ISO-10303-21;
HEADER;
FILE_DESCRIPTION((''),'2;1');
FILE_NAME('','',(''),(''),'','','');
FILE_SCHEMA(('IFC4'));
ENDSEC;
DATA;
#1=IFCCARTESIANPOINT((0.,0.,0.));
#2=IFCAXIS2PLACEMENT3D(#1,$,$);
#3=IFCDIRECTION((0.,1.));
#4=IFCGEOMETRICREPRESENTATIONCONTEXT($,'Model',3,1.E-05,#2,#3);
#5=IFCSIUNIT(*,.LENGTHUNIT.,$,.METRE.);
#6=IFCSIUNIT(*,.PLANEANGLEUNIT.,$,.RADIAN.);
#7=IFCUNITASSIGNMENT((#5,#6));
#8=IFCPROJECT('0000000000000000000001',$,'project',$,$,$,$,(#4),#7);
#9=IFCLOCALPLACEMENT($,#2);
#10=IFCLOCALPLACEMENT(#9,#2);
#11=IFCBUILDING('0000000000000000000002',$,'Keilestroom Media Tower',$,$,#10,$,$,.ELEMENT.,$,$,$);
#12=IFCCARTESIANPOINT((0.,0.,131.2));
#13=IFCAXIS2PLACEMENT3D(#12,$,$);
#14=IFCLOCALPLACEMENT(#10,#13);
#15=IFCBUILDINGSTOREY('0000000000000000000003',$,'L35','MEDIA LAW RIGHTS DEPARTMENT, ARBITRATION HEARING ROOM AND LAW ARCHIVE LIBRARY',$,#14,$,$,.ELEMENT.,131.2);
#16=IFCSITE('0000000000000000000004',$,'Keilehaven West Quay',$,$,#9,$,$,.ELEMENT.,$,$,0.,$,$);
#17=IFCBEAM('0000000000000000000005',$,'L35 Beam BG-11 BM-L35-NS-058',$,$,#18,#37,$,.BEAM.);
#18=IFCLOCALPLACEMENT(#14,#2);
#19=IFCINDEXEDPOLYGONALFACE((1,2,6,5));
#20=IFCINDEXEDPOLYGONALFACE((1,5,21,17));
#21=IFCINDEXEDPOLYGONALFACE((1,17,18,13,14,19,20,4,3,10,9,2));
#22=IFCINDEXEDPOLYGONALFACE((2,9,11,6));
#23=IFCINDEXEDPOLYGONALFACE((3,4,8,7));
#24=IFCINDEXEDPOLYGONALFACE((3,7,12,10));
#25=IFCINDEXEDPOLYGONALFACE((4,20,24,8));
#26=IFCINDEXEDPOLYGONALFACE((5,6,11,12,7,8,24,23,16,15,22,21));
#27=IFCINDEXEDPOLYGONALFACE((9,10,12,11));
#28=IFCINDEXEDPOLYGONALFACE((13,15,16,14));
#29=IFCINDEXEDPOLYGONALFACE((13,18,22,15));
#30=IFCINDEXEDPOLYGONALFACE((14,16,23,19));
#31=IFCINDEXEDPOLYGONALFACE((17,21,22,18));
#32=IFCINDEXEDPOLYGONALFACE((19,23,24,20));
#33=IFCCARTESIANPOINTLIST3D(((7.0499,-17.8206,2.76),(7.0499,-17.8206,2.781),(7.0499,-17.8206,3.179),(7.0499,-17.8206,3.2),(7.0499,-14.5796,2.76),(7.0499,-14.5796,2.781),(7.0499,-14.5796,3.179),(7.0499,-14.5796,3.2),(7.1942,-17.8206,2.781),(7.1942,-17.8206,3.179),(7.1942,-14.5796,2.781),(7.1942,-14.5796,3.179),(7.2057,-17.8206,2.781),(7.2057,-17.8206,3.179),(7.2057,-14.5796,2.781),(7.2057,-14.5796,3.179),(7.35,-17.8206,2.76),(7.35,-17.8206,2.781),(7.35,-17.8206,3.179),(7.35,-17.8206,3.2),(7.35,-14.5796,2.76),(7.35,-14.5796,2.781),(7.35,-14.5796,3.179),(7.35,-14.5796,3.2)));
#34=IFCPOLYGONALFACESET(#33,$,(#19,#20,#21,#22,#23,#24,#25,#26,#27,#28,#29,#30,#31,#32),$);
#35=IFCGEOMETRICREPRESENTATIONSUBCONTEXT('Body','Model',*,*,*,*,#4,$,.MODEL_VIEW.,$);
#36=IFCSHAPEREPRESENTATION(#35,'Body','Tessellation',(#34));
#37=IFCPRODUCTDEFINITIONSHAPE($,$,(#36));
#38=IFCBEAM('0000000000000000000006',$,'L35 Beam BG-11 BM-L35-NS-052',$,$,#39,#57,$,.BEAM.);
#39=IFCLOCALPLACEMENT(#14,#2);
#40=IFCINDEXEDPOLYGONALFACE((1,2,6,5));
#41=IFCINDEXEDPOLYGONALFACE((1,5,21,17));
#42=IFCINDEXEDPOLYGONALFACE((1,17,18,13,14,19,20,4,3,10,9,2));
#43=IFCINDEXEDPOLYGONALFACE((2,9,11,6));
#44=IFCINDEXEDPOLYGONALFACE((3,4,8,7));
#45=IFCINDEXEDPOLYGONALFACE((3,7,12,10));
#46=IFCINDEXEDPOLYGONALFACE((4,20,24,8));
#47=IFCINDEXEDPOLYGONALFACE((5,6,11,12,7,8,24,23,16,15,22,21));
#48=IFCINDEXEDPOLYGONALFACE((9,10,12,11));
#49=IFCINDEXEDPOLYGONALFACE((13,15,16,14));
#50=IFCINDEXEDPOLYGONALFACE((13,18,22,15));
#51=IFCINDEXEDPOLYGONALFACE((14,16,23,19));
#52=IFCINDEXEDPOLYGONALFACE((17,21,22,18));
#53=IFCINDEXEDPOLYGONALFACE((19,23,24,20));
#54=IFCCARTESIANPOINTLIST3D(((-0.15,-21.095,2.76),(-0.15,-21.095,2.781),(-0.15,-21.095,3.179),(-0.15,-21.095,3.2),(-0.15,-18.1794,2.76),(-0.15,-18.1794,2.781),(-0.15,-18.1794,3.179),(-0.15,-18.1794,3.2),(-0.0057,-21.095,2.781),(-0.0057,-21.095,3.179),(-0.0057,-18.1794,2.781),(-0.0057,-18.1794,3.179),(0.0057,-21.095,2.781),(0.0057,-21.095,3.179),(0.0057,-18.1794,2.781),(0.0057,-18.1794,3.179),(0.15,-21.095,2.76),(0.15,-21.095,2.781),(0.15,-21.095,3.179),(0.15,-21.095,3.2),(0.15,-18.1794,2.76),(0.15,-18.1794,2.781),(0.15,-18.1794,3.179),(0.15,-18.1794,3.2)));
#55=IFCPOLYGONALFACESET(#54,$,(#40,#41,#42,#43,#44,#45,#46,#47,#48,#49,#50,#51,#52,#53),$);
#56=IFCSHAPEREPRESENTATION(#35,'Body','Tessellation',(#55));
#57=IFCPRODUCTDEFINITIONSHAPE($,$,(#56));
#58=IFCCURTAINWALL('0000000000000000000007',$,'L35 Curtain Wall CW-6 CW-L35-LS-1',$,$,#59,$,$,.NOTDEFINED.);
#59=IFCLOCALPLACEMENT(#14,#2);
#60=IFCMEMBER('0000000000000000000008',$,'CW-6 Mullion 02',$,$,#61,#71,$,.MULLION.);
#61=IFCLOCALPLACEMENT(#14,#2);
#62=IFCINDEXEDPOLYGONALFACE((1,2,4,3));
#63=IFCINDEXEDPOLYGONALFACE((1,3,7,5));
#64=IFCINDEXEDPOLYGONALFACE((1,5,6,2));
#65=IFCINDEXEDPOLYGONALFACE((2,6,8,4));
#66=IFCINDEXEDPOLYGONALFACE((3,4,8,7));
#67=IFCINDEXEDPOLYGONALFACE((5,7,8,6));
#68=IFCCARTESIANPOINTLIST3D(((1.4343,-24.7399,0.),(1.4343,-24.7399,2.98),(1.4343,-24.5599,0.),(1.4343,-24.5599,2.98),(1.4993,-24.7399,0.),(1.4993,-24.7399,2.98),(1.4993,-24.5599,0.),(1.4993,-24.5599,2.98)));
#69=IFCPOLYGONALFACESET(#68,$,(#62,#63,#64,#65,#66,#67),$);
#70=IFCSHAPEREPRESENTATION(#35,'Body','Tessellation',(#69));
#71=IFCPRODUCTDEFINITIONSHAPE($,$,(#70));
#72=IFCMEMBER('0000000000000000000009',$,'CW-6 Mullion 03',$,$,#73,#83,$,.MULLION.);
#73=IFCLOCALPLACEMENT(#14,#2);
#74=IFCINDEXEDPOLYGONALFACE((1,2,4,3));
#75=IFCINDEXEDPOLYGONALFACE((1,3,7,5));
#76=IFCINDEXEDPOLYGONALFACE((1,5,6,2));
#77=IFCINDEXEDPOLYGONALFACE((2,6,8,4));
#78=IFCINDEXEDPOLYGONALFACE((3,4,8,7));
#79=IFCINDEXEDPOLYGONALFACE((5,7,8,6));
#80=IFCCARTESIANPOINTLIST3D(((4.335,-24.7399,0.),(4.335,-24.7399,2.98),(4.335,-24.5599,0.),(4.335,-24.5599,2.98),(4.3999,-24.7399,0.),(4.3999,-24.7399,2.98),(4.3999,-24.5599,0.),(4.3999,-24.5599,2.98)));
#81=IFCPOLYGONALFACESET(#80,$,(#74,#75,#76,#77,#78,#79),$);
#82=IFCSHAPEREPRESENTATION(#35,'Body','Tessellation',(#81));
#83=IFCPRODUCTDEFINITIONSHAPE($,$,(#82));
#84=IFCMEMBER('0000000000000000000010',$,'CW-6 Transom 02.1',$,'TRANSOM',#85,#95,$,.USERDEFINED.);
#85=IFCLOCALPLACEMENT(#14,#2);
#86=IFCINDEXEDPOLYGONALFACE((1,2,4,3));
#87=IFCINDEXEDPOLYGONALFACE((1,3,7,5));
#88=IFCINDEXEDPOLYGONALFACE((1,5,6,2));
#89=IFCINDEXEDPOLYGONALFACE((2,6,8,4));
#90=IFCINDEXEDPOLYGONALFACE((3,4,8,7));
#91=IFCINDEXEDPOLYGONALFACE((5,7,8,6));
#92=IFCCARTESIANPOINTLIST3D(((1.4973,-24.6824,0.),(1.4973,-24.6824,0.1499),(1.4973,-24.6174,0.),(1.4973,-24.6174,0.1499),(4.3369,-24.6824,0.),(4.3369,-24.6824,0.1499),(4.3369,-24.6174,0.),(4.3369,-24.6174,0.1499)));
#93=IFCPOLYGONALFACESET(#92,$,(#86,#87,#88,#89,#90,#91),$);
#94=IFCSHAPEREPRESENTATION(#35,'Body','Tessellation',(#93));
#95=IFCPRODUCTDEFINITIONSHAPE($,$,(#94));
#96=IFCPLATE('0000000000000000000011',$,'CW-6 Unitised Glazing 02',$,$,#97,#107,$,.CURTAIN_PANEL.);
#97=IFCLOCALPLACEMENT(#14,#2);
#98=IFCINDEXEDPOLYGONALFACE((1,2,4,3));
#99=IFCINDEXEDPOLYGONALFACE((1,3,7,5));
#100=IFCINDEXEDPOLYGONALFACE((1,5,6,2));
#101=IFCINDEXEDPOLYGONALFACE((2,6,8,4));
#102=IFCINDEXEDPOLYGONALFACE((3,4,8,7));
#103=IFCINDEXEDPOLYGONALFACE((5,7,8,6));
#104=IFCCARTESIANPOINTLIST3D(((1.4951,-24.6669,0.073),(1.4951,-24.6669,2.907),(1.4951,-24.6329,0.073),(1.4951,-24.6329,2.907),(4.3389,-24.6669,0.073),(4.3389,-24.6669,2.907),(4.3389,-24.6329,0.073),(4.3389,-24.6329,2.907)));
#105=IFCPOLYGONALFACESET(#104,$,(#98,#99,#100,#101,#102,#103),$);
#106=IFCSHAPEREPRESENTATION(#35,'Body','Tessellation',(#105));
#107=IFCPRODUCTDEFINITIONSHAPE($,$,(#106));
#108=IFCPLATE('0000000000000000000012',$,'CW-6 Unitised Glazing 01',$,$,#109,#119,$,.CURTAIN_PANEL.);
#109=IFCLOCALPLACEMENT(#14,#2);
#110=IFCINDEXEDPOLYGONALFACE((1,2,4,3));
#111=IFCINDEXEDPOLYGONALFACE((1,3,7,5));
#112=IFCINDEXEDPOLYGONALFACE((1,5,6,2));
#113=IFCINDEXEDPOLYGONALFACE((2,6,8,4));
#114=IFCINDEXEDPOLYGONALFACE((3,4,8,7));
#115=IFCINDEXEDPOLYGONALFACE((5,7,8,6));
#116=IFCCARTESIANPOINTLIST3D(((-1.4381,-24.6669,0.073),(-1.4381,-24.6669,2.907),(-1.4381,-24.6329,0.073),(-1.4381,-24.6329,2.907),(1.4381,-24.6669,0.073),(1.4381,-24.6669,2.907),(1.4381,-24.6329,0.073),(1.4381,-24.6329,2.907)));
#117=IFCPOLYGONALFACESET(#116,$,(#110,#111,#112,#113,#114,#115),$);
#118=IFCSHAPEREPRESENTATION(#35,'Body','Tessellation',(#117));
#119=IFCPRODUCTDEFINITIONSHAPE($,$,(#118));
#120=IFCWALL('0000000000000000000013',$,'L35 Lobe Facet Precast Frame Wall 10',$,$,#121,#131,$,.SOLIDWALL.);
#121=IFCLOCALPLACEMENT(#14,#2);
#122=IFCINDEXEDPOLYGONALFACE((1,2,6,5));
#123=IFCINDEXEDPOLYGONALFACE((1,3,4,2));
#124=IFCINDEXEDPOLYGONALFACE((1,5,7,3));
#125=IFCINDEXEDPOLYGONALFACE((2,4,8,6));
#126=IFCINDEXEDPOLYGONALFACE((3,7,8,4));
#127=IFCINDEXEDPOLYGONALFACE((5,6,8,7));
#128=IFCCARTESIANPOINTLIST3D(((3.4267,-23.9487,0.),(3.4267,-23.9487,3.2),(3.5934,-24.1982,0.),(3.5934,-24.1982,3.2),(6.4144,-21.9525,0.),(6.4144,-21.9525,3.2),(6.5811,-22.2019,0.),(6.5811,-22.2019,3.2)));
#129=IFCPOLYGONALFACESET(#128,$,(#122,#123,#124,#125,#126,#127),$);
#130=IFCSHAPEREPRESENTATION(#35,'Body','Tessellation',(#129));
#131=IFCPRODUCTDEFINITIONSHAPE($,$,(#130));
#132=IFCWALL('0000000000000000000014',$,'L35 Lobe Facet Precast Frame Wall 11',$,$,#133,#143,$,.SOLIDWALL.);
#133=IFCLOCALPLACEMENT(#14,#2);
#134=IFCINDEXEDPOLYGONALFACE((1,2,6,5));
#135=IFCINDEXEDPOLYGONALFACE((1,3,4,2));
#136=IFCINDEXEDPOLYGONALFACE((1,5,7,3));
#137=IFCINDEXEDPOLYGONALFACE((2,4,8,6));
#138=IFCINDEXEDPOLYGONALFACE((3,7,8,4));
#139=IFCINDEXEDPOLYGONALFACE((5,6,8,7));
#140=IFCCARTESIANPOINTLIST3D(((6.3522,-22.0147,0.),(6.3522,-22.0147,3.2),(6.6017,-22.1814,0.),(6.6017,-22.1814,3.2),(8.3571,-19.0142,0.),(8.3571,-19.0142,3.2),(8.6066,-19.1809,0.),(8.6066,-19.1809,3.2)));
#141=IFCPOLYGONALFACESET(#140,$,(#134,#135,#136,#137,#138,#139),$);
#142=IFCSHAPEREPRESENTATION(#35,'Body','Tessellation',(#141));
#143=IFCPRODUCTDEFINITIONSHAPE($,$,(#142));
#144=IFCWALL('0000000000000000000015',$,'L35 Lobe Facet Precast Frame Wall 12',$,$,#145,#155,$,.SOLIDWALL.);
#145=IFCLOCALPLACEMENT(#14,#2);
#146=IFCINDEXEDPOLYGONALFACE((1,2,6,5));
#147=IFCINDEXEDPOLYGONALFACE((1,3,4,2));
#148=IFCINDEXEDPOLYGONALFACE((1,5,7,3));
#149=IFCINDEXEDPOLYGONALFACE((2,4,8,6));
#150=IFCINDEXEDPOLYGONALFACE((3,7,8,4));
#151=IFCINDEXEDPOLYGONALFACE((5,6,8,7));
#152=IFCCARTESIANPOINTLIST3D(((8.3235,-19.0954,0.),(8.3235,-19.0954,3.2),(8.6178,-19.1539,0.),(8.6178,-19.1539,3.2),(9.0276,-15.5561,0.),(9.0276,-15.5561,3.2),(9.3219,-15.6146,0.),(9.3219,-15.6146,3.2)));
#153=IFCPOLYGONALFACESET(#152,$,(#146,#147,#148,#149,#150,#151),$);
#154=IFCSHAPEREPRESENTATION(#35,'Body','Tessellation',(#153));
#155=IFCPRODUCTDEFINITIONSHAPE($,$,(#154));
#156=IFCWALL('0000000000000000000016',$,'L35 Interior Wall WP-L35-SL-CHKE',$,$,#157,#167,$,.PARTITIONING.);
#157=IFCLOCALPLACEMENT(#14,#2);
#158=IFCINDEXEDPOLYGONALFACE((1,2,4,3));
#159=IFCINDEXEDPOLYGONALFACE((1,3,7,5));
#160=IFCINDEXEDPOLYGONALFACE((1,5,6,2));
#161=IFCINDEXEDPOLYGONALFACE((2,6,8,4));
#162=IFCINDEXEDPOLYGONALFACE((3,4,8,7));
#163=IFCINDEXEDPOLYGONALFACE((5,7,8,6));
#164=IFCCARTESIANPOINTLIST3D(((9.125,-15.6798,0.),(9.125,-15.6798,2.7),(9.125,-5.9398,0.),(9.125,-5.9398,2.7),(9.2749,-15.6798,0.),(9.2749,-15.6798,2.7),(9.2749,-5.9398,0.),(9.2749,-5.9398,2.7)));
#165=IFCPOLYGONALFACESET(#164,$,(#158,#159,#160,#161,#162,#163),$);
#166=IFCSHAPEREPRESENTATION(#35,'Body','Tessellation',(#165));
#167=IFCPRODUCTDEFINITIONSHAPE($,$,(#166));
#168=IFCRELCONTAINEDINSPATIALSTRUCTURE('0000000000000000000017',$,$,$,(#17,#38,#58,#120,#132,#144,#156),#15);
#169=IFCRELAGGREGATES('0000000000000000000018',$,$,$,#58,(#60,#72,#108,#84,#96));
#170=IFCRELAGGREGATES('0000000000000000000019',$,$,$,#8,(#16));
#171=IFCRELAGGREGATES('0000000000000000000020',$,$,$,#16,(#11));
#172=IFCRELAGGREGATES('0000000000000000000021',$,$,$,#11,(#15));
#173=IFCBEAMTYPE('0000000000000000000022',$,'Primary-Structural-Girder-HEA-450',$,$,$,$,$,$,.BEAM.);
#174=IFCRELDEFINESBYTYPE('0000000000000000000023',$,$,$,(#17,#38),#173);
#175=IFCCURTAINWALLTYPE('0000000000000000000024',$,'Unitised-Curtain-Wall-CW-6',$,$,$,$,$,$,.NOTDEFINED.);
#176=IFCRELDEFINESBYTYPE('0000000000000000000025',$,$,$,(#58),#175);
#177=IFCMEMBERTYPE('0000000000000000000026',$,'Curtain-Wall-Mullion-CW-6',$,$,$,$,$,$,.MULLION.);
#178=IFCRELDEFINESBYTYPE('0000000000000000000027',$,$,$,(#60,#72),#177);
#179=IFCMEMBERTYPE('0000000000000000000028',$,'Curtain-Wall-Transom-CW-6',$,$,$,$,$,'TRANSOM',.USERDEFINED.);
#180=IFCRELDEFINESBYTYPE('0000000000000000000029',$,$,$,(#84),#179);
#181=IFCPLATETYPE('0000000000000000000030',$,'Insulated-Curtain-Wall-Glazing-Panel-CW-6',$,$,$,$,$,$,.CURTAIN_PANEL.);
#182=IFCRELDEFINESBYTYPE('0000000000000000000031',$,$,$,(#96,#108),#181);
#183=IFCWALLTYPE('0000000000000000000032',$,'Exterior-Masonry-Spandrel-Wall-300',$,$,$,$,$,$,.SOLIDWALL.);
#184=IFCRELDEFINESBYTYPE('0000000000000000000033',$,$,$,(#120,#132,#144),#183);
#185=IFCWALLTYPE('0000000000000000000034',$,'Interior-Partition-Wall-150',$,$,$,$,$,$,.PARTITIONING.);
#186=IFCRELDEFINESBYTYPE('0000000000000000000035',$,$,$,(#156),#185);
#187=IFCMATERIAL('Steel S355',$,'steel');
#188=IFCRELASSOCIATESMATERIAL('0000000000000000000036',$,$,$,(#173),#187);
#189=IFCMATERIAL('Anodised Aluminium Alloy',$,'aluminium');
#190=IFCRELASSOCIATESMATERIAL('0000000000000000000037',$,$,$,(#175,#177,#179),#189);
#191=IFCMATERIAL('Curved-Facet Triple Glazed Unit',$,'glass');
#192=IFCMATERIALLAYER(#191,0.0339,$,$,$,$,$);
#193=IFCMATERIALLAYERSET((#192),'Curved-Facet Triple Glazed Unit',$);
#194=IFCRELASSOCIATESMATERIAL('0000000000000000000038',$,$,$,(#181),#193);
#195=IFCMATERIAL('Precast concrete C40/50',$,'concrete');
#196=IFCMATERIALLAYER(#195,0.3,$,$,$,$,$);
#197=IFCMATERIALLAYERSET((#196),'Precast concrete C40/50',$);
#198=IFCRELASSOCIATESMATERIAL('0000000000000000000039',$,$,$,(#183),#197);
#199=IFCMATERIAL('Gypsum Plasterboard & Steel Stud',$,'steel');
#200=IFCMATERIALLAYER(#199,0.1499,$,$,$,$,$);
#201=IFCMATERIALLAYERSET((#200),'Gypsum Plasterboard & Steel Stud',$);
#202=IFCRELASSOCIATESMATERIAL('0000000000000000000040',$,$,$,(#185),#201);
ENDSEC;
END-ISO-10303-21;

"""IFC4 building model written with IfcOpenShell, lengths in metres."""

from ifc_helpers import new_model, si_unit, direction, frame, frame_2d, origin, origin_2d, place, context, subcontext, project, spatial, rectangle, i_section, extrude, source, transform, mapped, material, layer, layer_set, material_profile, profile_set, type_object, element, aggregate, save


model = new_model("IFC4")

# Units and contexts
model_context = context("Model", 3, precision=1e-05, world=origin(), true_north=direction((0.0, 1.0)))
body_context = subcontext(model_context, "Body", "Model", "MODEL_VIEW")
ifc_project = project(units=[si_unit("LENGTHUNIT", "METRE"), si_unit("PLANEANGLEUNIT", "RADIAN")], contexts=[model_context])

# Site, building, storey
site_placement = place(None, origin())
site = spatial("IfcSite", under=ifc_project, at=site_placement, Name="Keilehaven West Quay", CompositionType="ELEMENT", RefElevation=0.0)
building_placement = place(site_placement, origin())
building = spatial("IfcBuilding", under=site, at=building_placement, Name="Keilestroom Media Tower", CompositionType="ELEMENT")
storey_placement = place(building_placement, frame((0.0, 0.0, 131.2)))
storey = spatial("IfcBuildingStorey", under=building, at=storey_placement, Name="L35", Description="MEDIA LAW RIGHTS DEPARTMENT, ARBITRATION HEARING ROOM AND LAW ARCHIVE LIBRARY", CompositionType="ELEMENT", Elevation=131.2)

# Shared definitions
ifc_material_1 = material(Name="Steel S355", Category="steel")

# Beams
ifc_material_profile_1 = material_profile(ifc_material_1, i_section(OverallWidth=0.3, OverallDepth=0.4399, WebThickness=0.0115, FlangeThickness=0.021, at=origin_2d()), Name="HEA 450")
ifc_profile_set_1 = profile_set([ifc_material_profile_1], Name="Steel S355")
beam_type_1 = type_object("IfcBeamType", Name="Primary-Structural-Girder-HEA-450", PredefinedType="BEAM", material=ifc_profile_set_1)
shared_shape_1 = source(origin(), body_context, "Body", "SweptSolid", [
    extrude(i_section(OverallWidth=0.3, OverallDepth=0.4399, WebThickness=0.0115, FlangeThickness=0.021, at=origin_2d()), origin(), (0.0, 0.0, 1.0), 3.241),
])
for number, where, z_axis, x_axis, name in (
    (1, (7.2, -17.8206, 2.98), (0.0, 1.0, 0.0), (-1.0, 0.0, 0.0), "L35 Beam BG-11 BM-L35-NS-058"),
):
    element("IfcBeam", number, at=place(storey_placement, frame(where, z_axis=z_axis, x_axis=x_axis)), inside=storey, type_object=beam_type_1, Name=name, PredefinedType="BEAM", context=body_context, shape_type="MappedRepresentation", body=[
        mapped(shared_shape_1, transform((0.0, 0.0, 0.0), x_axis=(1.0, 0.0, 0.0), y_axis=(0.0, 1.0, 0.0), z_axis=(0.0, 0.0, 1.0), scale=1.0)),
    ])
shared_shape_2 = source(origin(), body_context, "Body", "SweptSolid", [
    extrude(i_section(OverallWidth=0.3, OverallDepth=0.4399, WebThickness=0.0115, FlangeThickness=0.021, at=origin_2d()), origin(), (0.0, 0.0, 1.0), 2.9155),
])
beam_1_placement = place(storey_placement, frame((0.0, -21.095, 2.98), z_axis=(0.0, 1.0, 0.0), x_axis=(-1.0, 0.0, 0.0)))
element("IfcBeam", 2, at=beam_1_placement, inside=storey, type_object=beam_type_1, Name="L35 Beam BG-11 BM-L35-NS-052", PredefinedType="BEAM", context=body_context, shape_type="MappedRepresentation", body=[
    mapped(shared_shape_2, transform((0.0, 0.0, 0.0), x_axis=(1.0, 0.0, 0.0), y_axis=(0.0, 1.0, 0.0), z_axis=(0.0, 0.0, 1.0), scale=1.0)),
])

# Curtain wall, members, plates
ifc_material_2 = material(Name="Anodised Aluminium Alloy", Category="aluminium")
curtain_wall_type = type_object("IfcCurtainWallType", Name="Unitised-Curtain-Wall-CW-6", PredefinedType="NOTDEFINED", material=ifc_material_2)
curtain_wall_placement = place(storey_placement, origin())
curtain_wall = element("IfcCurtainWall", 3, at=curtain_wall_placement, inside=storey, type_object=curtain_wall_type, Name="L35 Curtain Wall CW-6 CW-L35-LS-1", PredefinedType="NOTDEFINED")
ifc_material_profile_2 = material_profile(ifc_material_2, rectangle(XDim=0.0649, YDim=0.1799, at=origin_2d()), Name="ALU MULLION 65x180")
ifc_profile_set_2 = profile_set([ifc_material_profile_2], Name="Anodised Aluminium Alloy")
member_type_1 = type_object("IfcMemberType", Name="Curtain-Wall-Mullion-CW-6", PredefinedType="MULLION", material=ifc_profile_set_2)
shared_shape_3 = source(origin(), body_context, "Body", "SweptSolid", [
    extrude(rectangle(XDim=0.0649, YDim=0.1799, at=origin_2d()), origin(), (0.0, 0.0, 1.0), 2.98),
])
member_1_placement = place(storey_placement, frame((1.4668, -24.6499, 0.0), z_axis=(0.0, 0.0, 1.0), x_axis=(1.0, 0.0, 0.0)))
member_1 = element("IfcMember", 4, at=member_1_placement, type_object=member_type_1, Name="CW-6 Mullion 02", PredefinedType="MULLION", context=body_context, shape_type="MappedRepresentation", body=[
    mapped(shared_shape_3, transform((0.0, 0.0, 0.0), x_axis=(1.0, 0.0, 0.0), y_axis=(0.0, 1.0, 0.0), z_axis=(0.0, 0.0, 1.0), scale=1.0)),
])
member_2_placement = place(storey_placement, frame((4.3674, -24.6499, 0.0), z_axis=(0.0, 0.0, 1.0), x_axis=(1.0, 0.0, 0.0)))
member_2 = element("IfcMember", 5, at=member_2_placement, type_object=member_type_1, Name="CW-6 Mullion 03", PredefinedType="MULLION", context=body_context, shape_type="MappedRepresentation", body=[
    mapped(shared_shape_3, transform((0.0, 0.0, 0.0), x_axis=(1.0, 0.0, 0.0), y_axis=(0.0, 1.0, 0.0), z_axis=(0.0, 0.0, 1.0), scale=1.0)),
])
ifc_material_profile_3 = material_profile(ifc_material_2, rectangle(XDim=0.0649, YDim=0.1499, at=origin_2d()), Name="ALU TRANSOM 65x150")
ifc_profile_set_3 = profile_set([ifc_material_profile_3], Name="Anodised Aluminium Alloy")
member_type_2 = type_object("IfcMemberType", Name="Curtain-Wall-Transom-CW-6", ElementType="TRANSOM", PredefinedType="USERDEFINED", material=ifc_profile_set_3)
shared_shape_4 = source(origin(), body_context, "Body", "SweptSolid", [
    extrude(rectangle(XDim=0.0649, YDim=0.1499, at=origin_2d()), origin(), (0.0, 0.0, 1.0), 2.8396),
])
member_3_placement = place(storey_placement, frame((1.4973, -24.6499, 0.075), z_axis=(1.0, 0.0, 0.0), x_axis=(0.0, 1.0, 0.0)))
member_3 = element("IfcMember", 6, at=member_3_placement, type_object=member_type_2, Name="CW-6 Transom 02.1", ObjectType="TRANSOM", PredefinedType="USERDEFINED", context=body_context, shape_type="MappedRepresentation", body=[
    mapped(shared_shape_4, transform((0.0, 0.0, 0.0), x_axis=(1.0, 0.0, 0.0), y_axis=(0.0, 1.0, 0.0), z_axis=(0.0, 0.0, 1.0), scale=1.0)),
])
ifc_material_3 = material(Name="Curved-Facet Triple Glazed Unit", Category="glass")
ifc_layer_1 = layer(ifc_material_3, 0.0339)
ifc_layer_set_1 = layer_set([ifc_layer_1], Name="Curved-Facet Triple Glazed Unit")
plate_type = type_object("IfcPlateType", Name="Insulated-Curtain-Wall-Glazing-Panel-CW-6", PredefinedType="CURTAIN_PANEL", material=ifc_layer_set_1)
shared_shape_5 = source(origin(), body_context, "Body", "SweptSolid", [
    extrude(rectangle(XDim=2.8438, YDim=0.0339, at=origin_2d()), origin(), (0.0, 0.0, 1.0), 2.834),
])
plate_1_placement = place(storey_placement, frame((2.917, -24.6499, 0.073), z_axis=(0.0, 0.0, 1.0), x_axis=(1.0, 0.0, 0.0)))
plate_1 = element("IfcPlate", 7, at=plate_1_placement, type_object=plate_type, Name="CW-6 Unitised Glazing 02", PredefinedType="CURTAIN_PANEL", context=body_context, shape_type="MappedRepresentation", body=[
    mapped(shared_shape_5, transform((0.0, 0.0, 0.0), x_axis=(1.0, 0.0, 0.0), y_axis=(0.0, 1.0, 0.0), z_axis=(0.0, 0.0, 1.0), scale=1.0)),
])
shared_shape_6 = source(origin(), body_context, "Body", "SweptSolid", [
    extrude(rectangle(XDim=2.8762, YDim=0.0339, at=origin_2d()), origin(), (0.0, 0.0, 1.0), 2.834),
])
plate_2_placement = place(storey_placement, frame((0.0, -24.6499, 0.073), z_axis=(0.0, 0.0, 1.0), x_axis=(1.0, 0.0, 0.0)))
plate_2 = element("IfcPlate", 8, at=plate_2_placement, type_object=plate_type, Name="CW-6 Unitised Glazing 01", PredefinedType="CURTAIN_PANEL", context=body_context, shape_type="MappedRepresentation", body=[
    mapped(shared_shape_6, transform((0.0, 0.0, 0.0), x_axis=(1.0, 0.0, 0.0), y_axis=(0.0, 1.0, 0.0), z_axis=(0.0, 0.0, 1.0), scale=1.0)),
])
aggregate(curtain_wall, [member_1, member_2, plate_2, member_3, plate_1])

# Walls
ifc_material_4 = material(Name="Precast concrete C40/50", Category="concrete")
ifc_layer_2 = layer(ifc_material_4, 0.3)
ifc_layer_set_2 = layer_set([ifc_layer_2], Name="Precast concrete C40/50")
wall_type_1 = type_object("IfcWallType", Name="Exterior-Masonry-Spandrel-Wall-300", PredefinedType="SOLIDWALL", material=ifc_layer_set_2)
wall_1_placement = place(storey_placement, frame((3.51, -24.0735, 0.0), z_axis=(0.0, 0.0, 1.0), x_axis=(0.831475, 0.555562, 0.0)))
element("IfcWall", 9, at=wall_1_placement, inside=storey, type_object=wall_type_1, Name="L35 Lobe Facet Precast Frame Wall 10", PredefinedType="SOLIDWALL", context=body_context, shape_type="SweptSolid", body=[
    extrude(rectangle(XDim=3.5933, YDim=0.3, at=frame_2d((1.7966, 0.0))), origin(), (0.0, 0.0, 1.0), 3.2),
])
for number, where, z_axis, x_axis, name in (
    (10, (6.4771, -22.0979, 0.0), (0.0, 0.0, 1.0), (0.555574, 0.831467, 0.0), "L35 Lobe Facet Precast Frame Wall 11"),
    (11, (8.4707, -19.1245, 0.0), (0.0, 0.0, 1.0), (0.195114, 0.980781, 0.0), "L35 Lobe Facet Precast Frame Wall 12"),
):
    element("IfcWall", number, at=place(storey_placement, frame(where, z_axis=z_axis, x_axis=x_axis)), inside=storey, type_object=wall_type_1, Name=name, PredefinedType="SOLIDWALL", context=body_context, shape_type="SweptSolid", body=[
        extrude(rectangle(XDim=3.6086, YDim=0.3, at=frame_2d((1.8042, 0.0))), origin(), (0.0, 0.0, 1.0), 3.2),
    ])
ifc_material_5 = material(Name="Gypsum Plasterboard & Steel Stud", Category="steel")
ifc_layer_3 = layer(ifc_material_5, 0.1499)
ifc_layer_set_3 = layer_set([ifc_layer_3], Name="Gypsum Plasterboard & Steel Stud")
wall_type_2 = type_object("IfcWallType", Name="Interior-Partition-Wall-150", PredefinedType="PARTITIONING", material=ifc_layer_set_3)
wall_2_placement = place(storey_placement, frame((9.2, -15.6799, 0.0), z_axis=(0.0, 0.0, 1.0), x_axis=(0.0, 1.0, 0.0)))
element("IfcWall", 12, at=wall_2_placement, inside=storey, type_object=wall_type_2, Name="L35 Interior Wall WP-L35-SL-CHKE", PredefinedType="PARTITIONING", context=body_context, shape_type="SweptSolid", body=[
    extrude(rectangle(XDim=9.74, YDim=0.1499, at=frame_2d((4.8701, 0.0))), origin(), (0.0, 0.0, 1.0), 2.7),
])

save(model, "model.ifc")
